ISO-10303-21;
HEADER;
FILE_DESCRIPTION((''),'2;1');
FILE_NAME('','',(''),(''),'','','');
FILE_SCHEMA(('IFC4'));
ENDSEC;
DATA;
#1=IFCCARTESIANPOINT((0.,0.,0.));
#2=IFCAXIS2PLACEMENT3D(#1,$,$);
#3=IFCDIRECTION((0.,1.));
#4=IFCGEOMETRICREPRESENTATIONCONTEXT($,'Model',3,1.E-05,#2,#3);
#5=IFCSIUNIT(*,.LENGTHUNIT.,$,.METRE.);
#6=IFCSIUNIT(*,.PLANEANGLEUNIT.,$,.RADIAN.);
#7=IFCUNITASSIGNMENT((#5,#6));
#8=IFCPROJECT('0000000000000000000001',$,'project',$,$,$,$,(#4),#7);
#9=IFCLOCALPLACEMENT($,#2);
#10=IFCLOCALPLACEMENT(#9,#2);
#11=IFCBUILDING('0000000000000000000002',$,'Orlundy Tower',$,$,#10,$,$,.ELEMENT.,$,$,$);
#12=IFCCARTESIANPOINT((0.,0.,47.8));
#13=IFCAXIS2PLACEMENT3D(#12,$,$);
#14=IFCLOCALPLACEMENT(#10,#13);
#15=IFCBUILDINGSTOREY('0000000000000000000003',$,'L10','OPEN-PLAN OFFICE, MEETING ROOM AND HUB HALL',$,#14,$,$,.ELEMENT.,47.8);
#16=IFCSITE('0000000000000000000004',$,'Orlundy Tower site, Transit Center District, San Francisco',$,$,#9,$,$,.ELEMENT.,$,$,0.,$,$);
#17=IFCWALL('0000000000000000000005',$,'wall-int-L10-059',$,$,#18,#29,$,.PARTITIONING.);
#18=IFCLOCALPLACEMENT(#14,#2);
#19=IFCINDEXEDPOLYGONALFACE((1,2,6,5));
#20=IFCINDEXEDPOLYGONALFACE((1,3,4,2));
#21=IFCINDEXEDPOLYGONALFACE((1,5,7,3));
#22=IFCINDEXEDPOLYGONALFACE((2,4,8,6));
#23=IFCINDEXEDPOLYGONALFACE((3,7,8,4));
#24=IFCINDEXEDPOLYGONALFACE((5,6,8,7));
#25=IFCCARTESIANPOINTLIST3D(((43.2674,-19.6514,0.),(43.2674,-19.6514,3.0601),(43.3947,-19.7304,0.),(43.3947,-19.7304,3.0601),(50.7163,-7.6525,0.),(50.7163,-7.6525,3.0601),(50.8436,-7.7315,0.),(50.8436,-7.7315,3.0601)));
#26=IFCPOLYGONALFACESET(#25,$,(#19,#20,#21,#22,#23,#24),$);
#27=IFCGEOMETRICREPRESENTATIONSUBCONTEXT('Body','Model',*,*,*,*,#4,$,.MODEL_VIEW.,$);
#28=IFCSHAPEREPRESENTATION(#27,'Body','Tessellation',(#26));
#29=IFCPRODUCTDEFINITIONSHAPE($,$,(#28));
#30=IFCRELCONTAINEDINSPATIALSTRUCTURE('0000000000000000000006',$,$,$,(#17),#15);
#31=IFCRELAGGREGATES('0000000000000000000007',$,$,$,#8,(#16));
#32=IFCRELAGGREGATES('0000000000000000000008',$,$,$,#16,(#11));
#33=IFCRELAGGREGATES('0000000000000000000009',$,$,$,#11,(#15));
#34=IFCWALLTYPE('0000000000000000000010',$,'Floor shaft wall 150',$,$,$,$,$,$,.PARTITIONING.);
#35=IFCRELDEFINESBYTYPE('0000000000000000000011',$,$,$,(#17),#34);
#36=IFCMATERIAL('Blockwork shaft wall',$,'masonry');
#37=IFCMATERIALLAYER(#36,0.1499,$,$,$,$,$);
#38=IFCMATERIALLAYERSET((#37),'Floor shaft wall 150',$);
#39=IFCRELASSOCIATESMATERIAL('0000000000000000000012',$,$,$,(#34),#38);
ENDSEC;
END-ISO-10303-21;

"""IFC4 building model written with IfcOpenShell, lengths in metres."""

from ifc_helpers import new_model, si_unit, direction, frame, frame_2d, origin, place, context, subcontext, project, spatial, rectangle, extrude, material, layer, layer_set, type_object, element, save


model = new_model("IFC4")

# Units and contexts
model_context = context("Model", 3, precision=1e-05, world=origin(), true_north=direction((0.0, 1.0)))
body_context = subcontext(model_context, "Body", "Model", "MODEL_VIEW")
ifc_project = project(units=[si_unit("LENGTHUNIT", "METRE"), si_unit("PLANEANGLEUNIT", "RADIAN")], contexts=[model_context])

# Site, building, storey
site_placement = place(None, origin())
site = spatial("IfcSite", under=ifc_project, at=site_placement, Name="Orlundy Tower site, Transit Center District, San Francisco", CompositionType="ELEMENT", RefElevation=0.0)
building_placement = place(site_placement, origin())
building = spatial("IfcBuilding", under=site, at=building_placement, Name="Orlundy Tower", CompositionType="ELEMENT")
storey_placement = place(building_placement, frame((0.0, 0.0, 47.8)))
storey = spatial("IfcBuildingStorey", under=building, at=storey_placement, Name="L10", Description="OPEN-PLAN OFFICE, MEETING ROOM AND HUB HALL", CompositionType="ELEMENT", Elevation=47.8)

# Shared definitions
ifc_material_1 = material(Name="Blockwork shaft wall", Category="masonry")
ifc_layer_1 = layer(ifc_material_1, 0.1499)
ifc_layer_set_1 = layer_set([ifc_layer_1], Name="Floor shaft wall 150")
wall_type_1 = type_object("IfcWallType", Name="Floor shaft wall 150", PredefinedType="PARTITIONING", material=ifc_layer_set_1)

# Wall
wall_1_placement = place(storey_placement, frame((43.3311, -19.6909, 0.0), z_axis=(0.0, 0.0, 1.0), x_axis=(0.52743, 0.849599, 0.0)))
element("IfcWall", 1, at=wall_1_placement, inside=storey, type_object=wall_type_1, Name="wall-int-L10-059", PredefinedType="PARTITIONING", context=body_context, shape_type="SweptSolid", body=[
    extrude(rectangle(XDim=14.123, YDim=0.1499, at=frame_2d((7.0615, 0.0))), origin(), (0.0, 0.0, 1.0), 3.0601),
])

save(model, "model.ifc")
